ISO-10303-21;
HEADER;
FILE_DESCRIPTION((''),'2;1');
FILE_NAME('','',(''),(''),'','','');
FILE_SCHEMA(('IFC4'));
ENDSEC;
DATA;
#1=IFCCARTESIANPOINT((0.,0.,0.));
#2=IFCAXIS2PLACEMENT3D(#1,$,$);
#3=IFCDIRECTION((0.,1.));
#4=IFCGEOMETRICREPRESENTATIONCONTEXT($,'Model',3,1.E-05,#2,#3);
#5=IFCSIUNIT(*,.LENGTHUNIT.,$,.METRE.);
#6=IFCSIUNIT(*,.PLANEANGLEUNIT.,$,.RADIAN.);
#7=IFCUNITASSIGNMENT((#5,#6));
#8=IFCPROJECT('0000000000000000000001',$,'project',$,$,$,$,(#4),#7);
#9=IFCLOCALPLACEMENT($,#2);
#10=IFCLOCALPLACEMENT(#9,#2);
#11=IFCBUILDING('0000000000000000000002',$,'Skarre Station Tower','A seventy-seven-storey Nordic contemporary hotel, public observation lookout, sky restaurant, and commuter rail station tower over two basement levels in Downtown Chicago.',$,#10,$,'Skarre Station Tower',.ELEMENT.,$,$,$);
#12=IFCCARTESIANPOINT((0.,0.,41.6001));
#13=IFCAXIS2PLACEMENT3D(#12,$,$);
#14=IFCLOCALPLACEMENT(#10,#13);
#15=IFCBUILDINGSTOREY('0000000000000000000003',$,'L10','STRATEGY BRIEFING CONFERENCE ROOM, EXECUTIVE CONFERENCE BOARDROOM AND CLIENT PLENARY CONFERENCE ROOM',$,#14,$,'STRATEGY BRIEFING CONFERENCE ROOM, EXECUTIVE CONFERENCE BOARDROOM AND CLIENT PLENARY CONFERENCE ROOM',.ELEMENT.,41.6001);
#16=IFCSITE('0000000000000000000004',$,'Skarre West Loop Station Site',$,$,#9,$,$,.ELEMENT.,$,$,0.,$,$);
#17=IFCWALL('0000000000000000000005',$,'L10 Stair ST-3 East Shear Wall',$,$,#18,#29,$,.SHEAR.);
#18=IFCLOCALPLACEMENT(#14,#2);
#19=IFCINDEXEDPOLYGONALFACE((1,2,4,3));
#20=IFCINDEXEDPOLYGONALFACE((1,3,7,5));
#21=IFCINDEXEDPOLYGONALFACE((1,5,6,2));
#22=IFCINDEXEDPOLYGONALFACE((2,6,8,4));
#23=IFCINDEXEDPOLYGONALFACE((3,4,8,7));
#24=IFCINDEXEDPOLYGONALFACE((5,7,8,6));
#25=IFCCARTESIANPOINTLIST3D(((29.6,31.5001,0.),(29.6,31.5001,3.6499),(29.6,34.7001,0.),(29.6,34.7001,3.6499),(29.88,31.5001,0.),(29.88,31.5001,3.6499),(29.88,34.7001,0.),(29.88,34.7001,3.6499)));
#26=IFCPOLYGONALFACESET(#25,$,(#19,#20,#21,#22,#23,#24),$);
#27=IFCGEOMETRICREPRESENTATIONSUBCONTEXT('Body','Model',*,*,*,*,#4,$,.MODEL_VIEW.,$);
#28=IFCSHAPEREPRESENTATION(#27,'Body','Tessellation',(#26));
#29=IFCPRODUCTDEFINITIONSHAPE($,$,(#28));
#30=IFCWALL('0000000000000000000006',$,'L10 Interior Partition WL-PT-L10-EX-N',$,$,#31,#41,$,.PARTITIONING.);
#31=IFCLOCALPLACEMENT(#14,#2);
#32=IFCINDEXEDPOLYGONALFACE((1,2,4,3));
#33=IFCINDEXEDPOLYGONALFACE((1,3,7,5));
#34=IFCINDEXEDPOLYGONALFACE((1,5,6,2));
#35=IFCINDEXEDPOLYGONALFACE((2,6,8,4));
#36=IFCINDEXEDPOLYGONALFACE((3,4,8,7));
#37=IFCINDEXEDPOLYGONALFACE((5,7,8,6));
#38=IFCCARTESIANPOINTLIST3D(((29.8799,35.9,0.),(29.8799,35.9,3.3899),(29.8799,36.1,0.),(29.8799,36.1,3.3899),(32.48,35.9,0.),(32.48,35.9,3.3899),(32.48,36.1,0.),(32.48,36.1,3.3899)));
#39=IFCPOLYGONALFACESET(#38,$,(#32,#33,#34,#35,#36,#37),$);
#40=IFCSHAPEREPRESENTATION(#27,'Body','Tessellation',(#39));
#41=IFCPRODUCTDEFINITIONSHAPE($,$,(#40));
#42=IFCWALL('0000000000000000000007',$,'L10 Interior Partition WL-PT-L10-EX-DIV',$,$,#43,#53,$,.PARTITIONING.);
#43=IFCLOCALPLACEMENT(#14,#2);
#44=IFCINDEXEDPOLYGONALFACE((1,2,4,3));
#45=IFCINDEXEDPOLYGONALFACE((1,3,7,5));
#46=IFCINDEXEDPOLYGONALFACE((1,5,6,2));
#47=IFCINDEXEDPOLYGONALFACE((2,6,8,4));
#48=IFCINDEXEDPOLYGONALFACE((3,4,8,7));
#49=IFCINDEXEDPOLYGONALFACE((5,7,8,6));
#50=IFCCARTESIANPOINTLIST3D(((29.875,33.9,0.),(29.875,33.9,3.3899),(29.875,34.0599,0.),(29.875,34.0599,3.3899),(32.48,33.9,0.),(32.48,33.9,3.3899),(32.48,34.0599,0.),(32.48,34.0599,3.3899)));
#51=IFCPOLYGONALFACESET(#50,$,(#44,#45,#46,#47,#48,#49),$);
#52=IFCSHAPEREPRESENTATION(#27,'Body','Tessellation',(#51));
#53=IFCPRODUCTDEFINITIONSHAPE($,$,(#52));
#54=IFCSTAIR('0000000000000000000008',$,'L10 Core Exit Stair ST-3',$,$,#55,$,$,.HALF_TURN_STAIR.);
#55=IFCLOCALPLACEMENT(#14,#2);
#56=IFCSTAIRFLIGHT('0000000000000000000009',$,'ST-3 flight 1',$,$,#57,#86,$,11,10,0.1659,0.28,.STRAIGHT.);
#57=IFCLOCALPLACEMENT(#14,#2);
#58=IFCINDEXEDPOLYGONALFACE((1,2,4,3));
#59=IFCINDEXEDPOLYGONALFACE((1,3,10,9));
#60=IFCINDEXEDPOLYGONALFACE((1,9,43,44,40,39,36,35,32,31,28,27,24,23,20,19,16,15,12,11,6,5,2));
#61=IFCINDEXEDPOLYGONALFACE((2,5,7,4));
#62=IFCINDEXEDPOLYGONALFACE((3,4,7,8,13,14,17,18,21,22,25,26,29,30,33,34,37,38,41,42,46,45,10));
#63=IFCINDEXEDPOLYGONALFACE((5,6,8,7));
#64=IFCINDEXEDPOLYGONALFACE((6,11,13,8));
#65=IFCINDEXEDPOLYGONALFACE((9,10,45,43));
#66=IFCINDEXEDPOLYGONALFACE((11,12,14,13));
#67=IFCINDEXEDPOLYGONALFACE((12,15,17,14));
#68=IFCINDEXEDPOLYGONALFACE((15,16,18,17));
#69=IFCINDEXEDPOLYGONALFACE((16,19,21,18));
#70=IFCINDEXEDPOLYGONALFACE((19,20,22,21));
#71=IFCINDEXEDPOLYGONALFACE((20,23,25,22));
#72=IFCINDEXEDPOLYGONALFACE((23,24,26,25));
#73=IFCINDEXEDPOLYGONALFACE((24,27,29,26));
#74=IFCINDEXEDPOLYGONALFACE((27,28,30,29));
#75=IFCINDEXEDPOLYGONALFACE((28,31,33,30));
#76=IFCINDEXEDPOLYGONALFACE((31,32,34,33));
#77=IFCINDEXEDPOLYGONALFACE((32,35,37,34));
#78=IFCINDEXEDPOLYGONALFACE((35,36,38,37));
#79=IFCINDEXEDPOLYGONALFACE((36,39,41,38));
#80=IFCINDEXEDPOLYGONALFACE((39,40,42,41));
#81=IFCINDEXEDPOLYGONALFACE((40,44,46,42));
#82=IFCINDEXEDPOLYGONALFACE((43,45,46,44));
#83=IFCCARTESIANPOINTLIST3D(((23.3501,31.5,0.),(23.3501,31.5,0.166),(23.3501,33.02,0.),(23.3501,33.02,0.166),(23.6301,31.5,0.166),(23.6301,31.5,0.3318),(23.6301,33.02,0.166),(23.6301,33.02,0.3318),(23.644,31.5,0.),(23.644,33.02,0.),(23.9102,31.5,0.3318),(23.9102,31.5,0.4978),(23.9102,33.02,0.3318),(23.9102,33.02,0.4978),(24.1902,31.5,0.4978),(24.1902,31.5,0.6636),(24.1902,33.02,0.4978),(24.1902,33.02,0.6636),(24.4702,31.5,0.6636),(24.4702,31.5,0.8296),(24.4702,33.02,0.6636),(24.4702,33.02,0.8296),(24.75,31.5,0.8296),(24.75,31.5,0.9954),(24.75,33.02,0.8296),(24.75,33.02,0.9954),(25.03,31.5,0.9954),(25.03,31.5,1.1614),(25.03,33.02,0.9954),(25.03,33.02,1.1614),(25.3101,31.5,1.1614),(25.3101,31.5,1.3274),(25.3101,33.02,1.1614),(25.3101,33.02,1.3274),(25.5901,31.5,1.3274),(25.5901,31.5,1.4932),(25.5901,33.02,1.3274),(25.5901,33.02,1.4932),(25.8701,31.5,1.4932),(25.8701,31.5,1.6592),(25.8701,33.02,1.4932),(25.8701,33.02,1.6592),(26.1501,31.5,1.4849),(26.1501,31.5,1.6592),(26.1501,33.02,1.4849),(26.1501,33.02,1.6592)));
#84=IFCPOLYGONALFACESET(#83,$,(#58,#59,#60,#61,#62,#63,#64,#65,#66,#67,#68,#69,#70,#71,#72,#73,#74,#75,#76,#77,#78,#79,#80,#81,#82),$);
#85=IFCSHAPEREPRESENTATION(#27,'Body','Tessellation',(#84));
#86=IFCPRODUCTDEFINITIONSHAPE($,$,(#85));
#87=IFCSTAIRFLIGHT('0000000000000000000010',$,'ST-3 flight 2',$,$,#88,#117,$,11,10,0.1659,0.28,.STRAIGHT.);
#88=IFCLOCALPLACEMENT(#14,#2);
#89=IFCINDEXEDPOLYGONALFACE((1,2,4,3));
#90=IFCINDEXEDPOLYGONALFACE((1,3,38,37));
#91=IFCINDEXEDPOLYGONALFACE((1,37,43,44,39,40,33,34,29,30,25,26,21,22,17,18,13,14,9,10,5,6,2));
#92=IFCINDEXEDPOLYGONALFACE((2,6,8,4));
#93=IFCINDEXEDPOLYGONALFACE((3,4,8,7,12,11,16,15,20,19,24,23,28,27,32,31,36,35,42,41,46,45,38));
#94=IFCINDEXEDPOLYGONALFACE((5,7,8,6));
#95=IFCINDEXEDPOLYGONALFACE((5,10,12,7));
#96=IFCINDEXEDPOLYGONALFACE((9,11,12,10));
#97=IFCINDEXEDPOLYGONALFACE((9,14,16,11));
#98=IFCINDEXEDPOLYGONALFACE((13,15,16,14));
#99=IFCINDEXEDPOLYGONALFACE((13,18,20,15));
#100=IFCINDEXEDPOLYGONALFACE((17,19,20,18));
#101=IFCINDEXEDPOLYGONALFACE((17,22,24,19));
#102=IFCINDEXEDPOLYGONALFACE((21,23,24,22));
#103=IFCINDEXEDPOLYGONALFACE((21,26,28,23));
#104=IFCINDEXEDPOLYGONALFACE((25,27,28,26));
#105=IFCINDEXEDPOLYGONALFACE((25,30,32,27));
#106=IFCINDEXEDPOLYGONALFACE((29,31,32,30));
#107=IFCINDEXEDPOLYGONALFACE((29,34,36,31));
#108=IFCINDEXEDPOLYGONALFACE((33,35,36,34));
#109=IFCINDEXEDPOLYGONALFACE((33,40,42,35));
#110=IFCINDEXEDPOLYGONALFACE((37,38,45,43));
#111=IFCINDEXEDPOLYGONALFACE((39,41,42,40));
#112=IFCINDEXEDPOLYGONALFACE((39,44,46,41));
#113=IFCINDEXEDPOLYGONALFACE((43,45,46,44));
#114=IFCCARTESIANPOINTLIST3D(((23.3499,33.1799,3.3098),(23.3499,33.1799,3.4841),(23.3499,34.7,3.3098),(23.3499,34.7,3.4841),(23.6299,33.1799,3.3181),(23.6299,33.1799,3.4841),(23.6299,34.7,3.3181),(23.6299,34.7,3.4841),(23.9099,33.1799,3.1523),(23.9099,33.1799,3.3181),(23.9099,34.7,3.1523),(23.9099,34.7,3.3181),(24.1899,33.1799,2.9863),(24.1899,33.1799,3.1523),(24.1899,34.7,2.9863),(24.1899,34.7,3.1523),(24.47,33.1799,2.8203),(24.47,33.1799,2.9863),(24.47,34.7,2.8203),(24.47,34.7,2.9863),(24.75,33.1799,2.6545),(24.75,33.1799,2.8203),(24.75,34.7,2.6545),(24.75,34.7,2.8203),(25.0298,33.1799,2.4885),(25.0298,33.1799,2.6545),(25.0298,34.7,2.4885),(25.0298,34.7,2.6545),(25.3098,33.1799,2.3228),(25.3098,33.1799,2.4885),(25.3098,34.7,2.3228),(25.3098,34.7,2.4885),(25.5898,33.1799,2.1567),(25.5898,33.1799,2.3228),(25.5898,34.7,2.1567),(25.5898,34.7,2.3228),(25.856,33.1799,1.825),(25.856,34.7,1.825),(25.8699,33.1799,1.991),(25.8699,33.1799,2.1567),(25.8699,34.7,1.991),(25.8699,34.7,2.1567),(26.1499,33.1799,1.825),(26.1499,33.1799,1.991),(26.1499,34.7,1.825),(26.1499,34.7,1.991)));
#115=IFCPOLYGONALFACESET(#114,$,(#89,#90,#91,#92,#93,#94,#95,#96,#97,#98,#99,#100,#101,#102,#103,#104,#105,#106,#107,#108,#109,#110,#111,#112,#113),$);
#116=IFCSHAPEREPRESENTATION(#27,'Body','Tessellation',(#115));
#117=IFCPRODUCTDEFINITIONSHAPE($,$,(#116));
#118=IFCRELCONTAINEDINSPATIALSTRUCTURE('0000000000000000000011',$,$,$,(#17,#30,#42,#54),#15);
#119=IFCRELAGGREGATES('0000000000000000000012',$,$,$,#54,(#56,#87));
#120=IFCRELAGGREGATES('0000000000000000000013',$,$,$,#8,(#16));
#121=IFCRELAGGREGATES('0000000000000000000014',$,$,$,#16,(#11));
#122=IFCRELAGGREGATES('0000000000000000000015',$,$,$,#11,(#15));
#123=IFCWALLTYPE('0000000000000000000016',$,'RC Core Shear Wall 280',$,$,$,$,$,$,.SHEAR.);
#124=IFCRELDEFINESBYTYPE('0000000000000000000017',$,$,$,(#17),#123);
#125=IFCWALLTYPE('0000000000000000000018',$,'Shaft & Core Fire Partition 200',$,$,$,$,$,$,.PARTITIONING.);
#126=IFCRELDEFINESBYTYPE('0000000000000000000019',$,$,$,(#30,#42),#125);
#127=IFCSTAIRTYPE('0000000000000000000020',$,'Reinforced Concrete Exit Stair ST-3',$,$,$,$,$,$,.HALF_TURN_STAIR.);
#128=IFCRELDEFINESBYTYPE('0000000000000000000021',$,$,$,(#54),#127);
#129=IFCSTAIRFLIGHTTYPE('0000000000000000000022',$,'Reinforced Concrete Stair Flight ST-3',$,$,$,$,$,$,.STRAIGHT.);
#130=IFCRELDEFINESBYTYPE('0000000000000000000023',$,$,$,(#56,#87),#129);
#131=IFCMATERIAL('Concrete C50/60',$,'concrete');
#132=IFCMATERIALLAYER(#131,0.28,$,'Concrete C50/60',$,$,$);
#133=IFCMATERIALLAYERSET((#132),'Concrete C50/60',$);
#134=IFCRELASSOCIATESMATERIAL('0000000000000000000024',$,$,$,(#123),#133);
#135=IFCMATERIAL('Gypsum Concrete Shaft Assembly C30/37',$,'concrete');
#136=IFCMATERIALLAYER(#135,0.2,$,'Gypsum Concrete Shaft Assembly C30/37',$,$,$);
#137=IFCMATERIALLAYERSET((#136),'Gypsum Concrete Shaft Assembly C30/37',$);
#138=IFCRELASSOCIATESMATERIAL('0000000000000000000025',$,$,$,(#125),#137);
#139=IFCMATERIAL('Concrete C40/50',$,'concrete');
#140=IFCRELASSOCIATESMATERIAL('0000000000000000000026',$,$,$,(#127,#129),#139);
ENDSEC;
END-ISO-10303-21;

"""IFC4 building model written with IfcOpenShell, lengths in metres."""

from ifc_helpers import new_model, si_unit, direction, frame, frame_2d, origin, place, context, subcontext, project, spatial, polyline, rectangle, outline, extrude, material, layer, layer_set, type_object, element, aggregate, save


model = new_model("IFC4")

# Units and contexts
model_context = context("Model", 3, precision=1e-05, world=origin(), true_north=direction((0.0, 1.0)))
body_context = subcontext(model_context, "Body", "Model", "MODEL_VIEW")
ifc_project = project(units=[si_unit("LENGTHUNIT", "METRE"), si_unit("PLANEANGLEUNIT", "RADIAN")], contexts=[model_context])

# Site, building, storey
site_placement = place(None, origin())
site = spatial("IfcSite", under=ifc_project, at=site_placement, Name="Skarre West Loop Station Site", CompositionType="ELEMENT", RefElevation=0.0)
building_placement = place(site_placement, origin())
building = spatial("IfcBuilding", under=site, at=building_placement, Name="Skarre Station Tower", Description="A seventy-seven-storey Nordic contemporary hotel, public observation lookout, sky restaurant, and commuter rail station tower over two basement levels in Downtown Chicago.", LongName="Skarre Station Tower", CompositionType="ELEMENT")
storey_placement = place(building_placement, frame((0.0, 0.0, 41.6001)))
storey = spatial("IfcBuildingStorey", under=building, at=storey_placement, Name="L10", Description="STRATEGY BRIEFING CONFERENCE ROOM, EXECUTIVE CONFERENCE BOARDROOM AND CLIENT PLENARY CONFERENCE ROOM", LongName="STRATEGY BRIEFING CONFERENCE ROOM, EXECUTIVE CONFERENCE BOARDROOM AND CLIENT PLENARY CONFERENCE ROOM", CompositionType="ELEMENT", Elevation=41.6001)

# Walls
ifc_material_1 = material(Name="Concrete C50/60", Category="concrete")
ifc_layer_1 = layer(ifc_material_1, 0.28, Name="Concrete C50/60")
ifc_layer_set_1 = layer_set([ifc_layer_1], Name="Concrete C50/60")
wall_type_1 = type_object("IfcWallType", Name="RC Core Shear Wall 280", PredefinedType="SHEAR", material=ifc_layer_set_1)
for number, where, z_axis, x_axis, name in (
    (1, (29.74, 31.5, 0.0), (0.0, 0.0, 1.0), (0.0, 1.0, 0.0), "L10 Stair ST-3 East Shear Wall"),
):
    element("IfcWall", number, at=place(storey_placement, frame(where, z_axis=z_axis, x_axis=x_axis)), inside=storey, type_object=wall_type_1, Name=name, PredefinedType="SHEAR", context=body_context, shape_type="SweptSolid", body=[
        extrude(rectangle(XDim=3.2, YDim=0.28, at=frame_2d((1.6001, 0.0))), origin(), (0.0, 0.0, 1.0), 3.6499),
    ])
ifc_material_2 = material(Name="Gypsum Concrete Shaft Assembly C30/37", Category="concrete")
ifc_layer_2 = layer(ifc_material_2, 0.2, Name="Gypsum Concrete Shaft Assembly C30/37")
ifc_layer_set_2 = layer_set([ifc_layer_2], Name="Gypsum Concrete Shaft Assembly C30/37")
wall_type_2 = type_object("IfcWallType", Name="Shaft & Core Fire Partition 200", PredefinedType="PARTITIONING", material=ifc_layer_set_2)
wall_1_placement = place(storey_placement, frame((29.8799, 36.0, 0.0), z_axis=(0.0, 0.0, 1.0), x_axis=(1.0, 0.0, 0.0)))
element("IfcWall", 2, at=wall_1_placement, inside=storey, type_object=wall_type_2, Name="L10 Interior Partition WL-PT-L10-EX-N", PredefinedType="PARTITIONING", context=body_context, shape_type="SweptSolid", body=[
    extrude(rectangle(XDim=2.6001, YDim=0.2, at=frame_2d((1.3, 0.0))), origin(), (0.0, 0.0, 1.0), 3.3899),
])
wall_2_placement = place(storey_placement, frame((29.875, 33.98, 0.0), z_axis=(0.0, 0.0, 1.0), x_axis=(1.0, 0.0, 0.0)))
element("IfcWall", 3, at=wall_2_placement, inside=storey, type_object=wall_type_2, Name="L10 Interior Partition WL-PT-L10-EX-DIV", PredefinedType="PARTITIONING", context=body_context, shape_type="SweptSolid", body=[
    extrude(rectangle(XDim=2.605, YDim=0.1599, at=frame_2d((1.3025, 0.0))), origin(), (0.0, 0.0, 1.0), 3.3899),
])

# Stair, stair flights
ifc_material_3 = material(Name="Concrete C40/50", Category="concrete")
stair_type = type_object("IfcStairType", Name="Reinforced Concrete Exit Stair ST-3", PredefinedType="HALF_TURN_STAIR", material=ifc_material_3)
stair_placement = place(storey_placement, origin())
stair = element("IfcStair", 4, at=stair_placement, inside=storey, type_object=stair_type, Name="L10 Core Exit Stair ST-3", PredefinedType="HALF_TURN_STAIR")
stair_flight_type = type_object("IfcStairFlightType", Name="Reinforced Concrete Stair Flight ST-3", PredefinedType="STRAIGHT", material=ifc_material_3)
stair_flight_1_placement = place(storey_placement, frame((23.3501, 32.26, 0.0), z_axis=(0.0, 0.0, 1.0), x_axis=(1.0, 0.0, 0.0)))
stair_flight_1 = element("IfcStairFlight", 5, at=stair_flight_1_placement, type_object=stair_flight_type, Name="ST-3 flight 1", NumberOfRisers=11, NumberOfTreads=10, PredefinedType="STRAIGHT", RiserHeight=0.1659, TreadLength=0.28, context=body_context, shape_type="SweptSolid", body=[
    extrude(outline(polyline([(0.0, 0.0), (0.0, 0.166), (0.28, 0.166), (0.28, 0.3318), (0.5601, 0.3318), (0.5601, 0.4978), (0.8401, 0.4978), (0.8401, 0.6636), (1.1201, 0.6636), (1.1201, 0.8296), (1.3999, 0.8296), (1.3999, 0.9954), (1.6799, 0.9954), (1.6799, 1.1614), (1.96, 1.1614), (1.96, 1.3274), (2.24, 1.3274), (2.24, 1.4932), (2.52, 1.4932), (2.52, 1.6592), (2.8, 1.6592), (2.8, 1.825), (2.8, 1.4849), (0.2939, 0.0), (0.0, 0.0)])), frame((0.0, 0.76, 0.0), z_axis=(0.0, -1.0, 0.0), x_axis=(1.0, 0.0, 0.0)), (0.0, 0.0, 1.0), 1.52),
])
stair_flight_2_placement = place(storey_placement, frame((26.1499, 33.9399, 1.825), z_axis=(0.0, 0.0, 1.0), x_axis=(-1.0, 0.0, 0.0)))
stair_flight_2 = element("IfcStairFlight", 6, at=stair_flight_2_placement, type_object=stair_flight_type, Name="ST-3 flight 2", NumberOfRisers=11, NumberOfTreads=10, PredefinedType="STRAIGHT", RiserHeight=0.1659, TreadLength=0.28, context=body_context, shape_type="SweptSolid", body=[
    extrude(outline(polyline([(0.0, 0.0), (0.0, 0.166), (0.28, 0.166), (0.28, 0.3318), (0.5601, 0.3318), (0.5601, 0.4978), (0.8401, 0.4978), (0.8401, 0.6636), (1.1201, 0.6636), (1.1201, 0.8296), (1.3999, 0.8296), (1.3999, 0.9954), (1.6799, 0.9954), (1.6799, 1.1614), (1.96, 1.1614), (1.96, 1.3274), (2.24, 1.3274), (2.24, 1.4932), (2.52, 1.4932), (2.52, 1.6592), (2.8, 1.6592), (2.8, 1.825), (2.8, 1.4849), (0.2939, 0.0), (0.0, 0.0)])), frame((0.0, 0.76, 0.0), z_axis=(0.0, -1.0, 0.0), x_axis=(1.0, 0.0, 0.0)), (0.0, 0.0, 1.0), 1.52),
])
aggregate(stair, [stair_flight_1, stair_flight_2])

save(model, "model.ifc")
